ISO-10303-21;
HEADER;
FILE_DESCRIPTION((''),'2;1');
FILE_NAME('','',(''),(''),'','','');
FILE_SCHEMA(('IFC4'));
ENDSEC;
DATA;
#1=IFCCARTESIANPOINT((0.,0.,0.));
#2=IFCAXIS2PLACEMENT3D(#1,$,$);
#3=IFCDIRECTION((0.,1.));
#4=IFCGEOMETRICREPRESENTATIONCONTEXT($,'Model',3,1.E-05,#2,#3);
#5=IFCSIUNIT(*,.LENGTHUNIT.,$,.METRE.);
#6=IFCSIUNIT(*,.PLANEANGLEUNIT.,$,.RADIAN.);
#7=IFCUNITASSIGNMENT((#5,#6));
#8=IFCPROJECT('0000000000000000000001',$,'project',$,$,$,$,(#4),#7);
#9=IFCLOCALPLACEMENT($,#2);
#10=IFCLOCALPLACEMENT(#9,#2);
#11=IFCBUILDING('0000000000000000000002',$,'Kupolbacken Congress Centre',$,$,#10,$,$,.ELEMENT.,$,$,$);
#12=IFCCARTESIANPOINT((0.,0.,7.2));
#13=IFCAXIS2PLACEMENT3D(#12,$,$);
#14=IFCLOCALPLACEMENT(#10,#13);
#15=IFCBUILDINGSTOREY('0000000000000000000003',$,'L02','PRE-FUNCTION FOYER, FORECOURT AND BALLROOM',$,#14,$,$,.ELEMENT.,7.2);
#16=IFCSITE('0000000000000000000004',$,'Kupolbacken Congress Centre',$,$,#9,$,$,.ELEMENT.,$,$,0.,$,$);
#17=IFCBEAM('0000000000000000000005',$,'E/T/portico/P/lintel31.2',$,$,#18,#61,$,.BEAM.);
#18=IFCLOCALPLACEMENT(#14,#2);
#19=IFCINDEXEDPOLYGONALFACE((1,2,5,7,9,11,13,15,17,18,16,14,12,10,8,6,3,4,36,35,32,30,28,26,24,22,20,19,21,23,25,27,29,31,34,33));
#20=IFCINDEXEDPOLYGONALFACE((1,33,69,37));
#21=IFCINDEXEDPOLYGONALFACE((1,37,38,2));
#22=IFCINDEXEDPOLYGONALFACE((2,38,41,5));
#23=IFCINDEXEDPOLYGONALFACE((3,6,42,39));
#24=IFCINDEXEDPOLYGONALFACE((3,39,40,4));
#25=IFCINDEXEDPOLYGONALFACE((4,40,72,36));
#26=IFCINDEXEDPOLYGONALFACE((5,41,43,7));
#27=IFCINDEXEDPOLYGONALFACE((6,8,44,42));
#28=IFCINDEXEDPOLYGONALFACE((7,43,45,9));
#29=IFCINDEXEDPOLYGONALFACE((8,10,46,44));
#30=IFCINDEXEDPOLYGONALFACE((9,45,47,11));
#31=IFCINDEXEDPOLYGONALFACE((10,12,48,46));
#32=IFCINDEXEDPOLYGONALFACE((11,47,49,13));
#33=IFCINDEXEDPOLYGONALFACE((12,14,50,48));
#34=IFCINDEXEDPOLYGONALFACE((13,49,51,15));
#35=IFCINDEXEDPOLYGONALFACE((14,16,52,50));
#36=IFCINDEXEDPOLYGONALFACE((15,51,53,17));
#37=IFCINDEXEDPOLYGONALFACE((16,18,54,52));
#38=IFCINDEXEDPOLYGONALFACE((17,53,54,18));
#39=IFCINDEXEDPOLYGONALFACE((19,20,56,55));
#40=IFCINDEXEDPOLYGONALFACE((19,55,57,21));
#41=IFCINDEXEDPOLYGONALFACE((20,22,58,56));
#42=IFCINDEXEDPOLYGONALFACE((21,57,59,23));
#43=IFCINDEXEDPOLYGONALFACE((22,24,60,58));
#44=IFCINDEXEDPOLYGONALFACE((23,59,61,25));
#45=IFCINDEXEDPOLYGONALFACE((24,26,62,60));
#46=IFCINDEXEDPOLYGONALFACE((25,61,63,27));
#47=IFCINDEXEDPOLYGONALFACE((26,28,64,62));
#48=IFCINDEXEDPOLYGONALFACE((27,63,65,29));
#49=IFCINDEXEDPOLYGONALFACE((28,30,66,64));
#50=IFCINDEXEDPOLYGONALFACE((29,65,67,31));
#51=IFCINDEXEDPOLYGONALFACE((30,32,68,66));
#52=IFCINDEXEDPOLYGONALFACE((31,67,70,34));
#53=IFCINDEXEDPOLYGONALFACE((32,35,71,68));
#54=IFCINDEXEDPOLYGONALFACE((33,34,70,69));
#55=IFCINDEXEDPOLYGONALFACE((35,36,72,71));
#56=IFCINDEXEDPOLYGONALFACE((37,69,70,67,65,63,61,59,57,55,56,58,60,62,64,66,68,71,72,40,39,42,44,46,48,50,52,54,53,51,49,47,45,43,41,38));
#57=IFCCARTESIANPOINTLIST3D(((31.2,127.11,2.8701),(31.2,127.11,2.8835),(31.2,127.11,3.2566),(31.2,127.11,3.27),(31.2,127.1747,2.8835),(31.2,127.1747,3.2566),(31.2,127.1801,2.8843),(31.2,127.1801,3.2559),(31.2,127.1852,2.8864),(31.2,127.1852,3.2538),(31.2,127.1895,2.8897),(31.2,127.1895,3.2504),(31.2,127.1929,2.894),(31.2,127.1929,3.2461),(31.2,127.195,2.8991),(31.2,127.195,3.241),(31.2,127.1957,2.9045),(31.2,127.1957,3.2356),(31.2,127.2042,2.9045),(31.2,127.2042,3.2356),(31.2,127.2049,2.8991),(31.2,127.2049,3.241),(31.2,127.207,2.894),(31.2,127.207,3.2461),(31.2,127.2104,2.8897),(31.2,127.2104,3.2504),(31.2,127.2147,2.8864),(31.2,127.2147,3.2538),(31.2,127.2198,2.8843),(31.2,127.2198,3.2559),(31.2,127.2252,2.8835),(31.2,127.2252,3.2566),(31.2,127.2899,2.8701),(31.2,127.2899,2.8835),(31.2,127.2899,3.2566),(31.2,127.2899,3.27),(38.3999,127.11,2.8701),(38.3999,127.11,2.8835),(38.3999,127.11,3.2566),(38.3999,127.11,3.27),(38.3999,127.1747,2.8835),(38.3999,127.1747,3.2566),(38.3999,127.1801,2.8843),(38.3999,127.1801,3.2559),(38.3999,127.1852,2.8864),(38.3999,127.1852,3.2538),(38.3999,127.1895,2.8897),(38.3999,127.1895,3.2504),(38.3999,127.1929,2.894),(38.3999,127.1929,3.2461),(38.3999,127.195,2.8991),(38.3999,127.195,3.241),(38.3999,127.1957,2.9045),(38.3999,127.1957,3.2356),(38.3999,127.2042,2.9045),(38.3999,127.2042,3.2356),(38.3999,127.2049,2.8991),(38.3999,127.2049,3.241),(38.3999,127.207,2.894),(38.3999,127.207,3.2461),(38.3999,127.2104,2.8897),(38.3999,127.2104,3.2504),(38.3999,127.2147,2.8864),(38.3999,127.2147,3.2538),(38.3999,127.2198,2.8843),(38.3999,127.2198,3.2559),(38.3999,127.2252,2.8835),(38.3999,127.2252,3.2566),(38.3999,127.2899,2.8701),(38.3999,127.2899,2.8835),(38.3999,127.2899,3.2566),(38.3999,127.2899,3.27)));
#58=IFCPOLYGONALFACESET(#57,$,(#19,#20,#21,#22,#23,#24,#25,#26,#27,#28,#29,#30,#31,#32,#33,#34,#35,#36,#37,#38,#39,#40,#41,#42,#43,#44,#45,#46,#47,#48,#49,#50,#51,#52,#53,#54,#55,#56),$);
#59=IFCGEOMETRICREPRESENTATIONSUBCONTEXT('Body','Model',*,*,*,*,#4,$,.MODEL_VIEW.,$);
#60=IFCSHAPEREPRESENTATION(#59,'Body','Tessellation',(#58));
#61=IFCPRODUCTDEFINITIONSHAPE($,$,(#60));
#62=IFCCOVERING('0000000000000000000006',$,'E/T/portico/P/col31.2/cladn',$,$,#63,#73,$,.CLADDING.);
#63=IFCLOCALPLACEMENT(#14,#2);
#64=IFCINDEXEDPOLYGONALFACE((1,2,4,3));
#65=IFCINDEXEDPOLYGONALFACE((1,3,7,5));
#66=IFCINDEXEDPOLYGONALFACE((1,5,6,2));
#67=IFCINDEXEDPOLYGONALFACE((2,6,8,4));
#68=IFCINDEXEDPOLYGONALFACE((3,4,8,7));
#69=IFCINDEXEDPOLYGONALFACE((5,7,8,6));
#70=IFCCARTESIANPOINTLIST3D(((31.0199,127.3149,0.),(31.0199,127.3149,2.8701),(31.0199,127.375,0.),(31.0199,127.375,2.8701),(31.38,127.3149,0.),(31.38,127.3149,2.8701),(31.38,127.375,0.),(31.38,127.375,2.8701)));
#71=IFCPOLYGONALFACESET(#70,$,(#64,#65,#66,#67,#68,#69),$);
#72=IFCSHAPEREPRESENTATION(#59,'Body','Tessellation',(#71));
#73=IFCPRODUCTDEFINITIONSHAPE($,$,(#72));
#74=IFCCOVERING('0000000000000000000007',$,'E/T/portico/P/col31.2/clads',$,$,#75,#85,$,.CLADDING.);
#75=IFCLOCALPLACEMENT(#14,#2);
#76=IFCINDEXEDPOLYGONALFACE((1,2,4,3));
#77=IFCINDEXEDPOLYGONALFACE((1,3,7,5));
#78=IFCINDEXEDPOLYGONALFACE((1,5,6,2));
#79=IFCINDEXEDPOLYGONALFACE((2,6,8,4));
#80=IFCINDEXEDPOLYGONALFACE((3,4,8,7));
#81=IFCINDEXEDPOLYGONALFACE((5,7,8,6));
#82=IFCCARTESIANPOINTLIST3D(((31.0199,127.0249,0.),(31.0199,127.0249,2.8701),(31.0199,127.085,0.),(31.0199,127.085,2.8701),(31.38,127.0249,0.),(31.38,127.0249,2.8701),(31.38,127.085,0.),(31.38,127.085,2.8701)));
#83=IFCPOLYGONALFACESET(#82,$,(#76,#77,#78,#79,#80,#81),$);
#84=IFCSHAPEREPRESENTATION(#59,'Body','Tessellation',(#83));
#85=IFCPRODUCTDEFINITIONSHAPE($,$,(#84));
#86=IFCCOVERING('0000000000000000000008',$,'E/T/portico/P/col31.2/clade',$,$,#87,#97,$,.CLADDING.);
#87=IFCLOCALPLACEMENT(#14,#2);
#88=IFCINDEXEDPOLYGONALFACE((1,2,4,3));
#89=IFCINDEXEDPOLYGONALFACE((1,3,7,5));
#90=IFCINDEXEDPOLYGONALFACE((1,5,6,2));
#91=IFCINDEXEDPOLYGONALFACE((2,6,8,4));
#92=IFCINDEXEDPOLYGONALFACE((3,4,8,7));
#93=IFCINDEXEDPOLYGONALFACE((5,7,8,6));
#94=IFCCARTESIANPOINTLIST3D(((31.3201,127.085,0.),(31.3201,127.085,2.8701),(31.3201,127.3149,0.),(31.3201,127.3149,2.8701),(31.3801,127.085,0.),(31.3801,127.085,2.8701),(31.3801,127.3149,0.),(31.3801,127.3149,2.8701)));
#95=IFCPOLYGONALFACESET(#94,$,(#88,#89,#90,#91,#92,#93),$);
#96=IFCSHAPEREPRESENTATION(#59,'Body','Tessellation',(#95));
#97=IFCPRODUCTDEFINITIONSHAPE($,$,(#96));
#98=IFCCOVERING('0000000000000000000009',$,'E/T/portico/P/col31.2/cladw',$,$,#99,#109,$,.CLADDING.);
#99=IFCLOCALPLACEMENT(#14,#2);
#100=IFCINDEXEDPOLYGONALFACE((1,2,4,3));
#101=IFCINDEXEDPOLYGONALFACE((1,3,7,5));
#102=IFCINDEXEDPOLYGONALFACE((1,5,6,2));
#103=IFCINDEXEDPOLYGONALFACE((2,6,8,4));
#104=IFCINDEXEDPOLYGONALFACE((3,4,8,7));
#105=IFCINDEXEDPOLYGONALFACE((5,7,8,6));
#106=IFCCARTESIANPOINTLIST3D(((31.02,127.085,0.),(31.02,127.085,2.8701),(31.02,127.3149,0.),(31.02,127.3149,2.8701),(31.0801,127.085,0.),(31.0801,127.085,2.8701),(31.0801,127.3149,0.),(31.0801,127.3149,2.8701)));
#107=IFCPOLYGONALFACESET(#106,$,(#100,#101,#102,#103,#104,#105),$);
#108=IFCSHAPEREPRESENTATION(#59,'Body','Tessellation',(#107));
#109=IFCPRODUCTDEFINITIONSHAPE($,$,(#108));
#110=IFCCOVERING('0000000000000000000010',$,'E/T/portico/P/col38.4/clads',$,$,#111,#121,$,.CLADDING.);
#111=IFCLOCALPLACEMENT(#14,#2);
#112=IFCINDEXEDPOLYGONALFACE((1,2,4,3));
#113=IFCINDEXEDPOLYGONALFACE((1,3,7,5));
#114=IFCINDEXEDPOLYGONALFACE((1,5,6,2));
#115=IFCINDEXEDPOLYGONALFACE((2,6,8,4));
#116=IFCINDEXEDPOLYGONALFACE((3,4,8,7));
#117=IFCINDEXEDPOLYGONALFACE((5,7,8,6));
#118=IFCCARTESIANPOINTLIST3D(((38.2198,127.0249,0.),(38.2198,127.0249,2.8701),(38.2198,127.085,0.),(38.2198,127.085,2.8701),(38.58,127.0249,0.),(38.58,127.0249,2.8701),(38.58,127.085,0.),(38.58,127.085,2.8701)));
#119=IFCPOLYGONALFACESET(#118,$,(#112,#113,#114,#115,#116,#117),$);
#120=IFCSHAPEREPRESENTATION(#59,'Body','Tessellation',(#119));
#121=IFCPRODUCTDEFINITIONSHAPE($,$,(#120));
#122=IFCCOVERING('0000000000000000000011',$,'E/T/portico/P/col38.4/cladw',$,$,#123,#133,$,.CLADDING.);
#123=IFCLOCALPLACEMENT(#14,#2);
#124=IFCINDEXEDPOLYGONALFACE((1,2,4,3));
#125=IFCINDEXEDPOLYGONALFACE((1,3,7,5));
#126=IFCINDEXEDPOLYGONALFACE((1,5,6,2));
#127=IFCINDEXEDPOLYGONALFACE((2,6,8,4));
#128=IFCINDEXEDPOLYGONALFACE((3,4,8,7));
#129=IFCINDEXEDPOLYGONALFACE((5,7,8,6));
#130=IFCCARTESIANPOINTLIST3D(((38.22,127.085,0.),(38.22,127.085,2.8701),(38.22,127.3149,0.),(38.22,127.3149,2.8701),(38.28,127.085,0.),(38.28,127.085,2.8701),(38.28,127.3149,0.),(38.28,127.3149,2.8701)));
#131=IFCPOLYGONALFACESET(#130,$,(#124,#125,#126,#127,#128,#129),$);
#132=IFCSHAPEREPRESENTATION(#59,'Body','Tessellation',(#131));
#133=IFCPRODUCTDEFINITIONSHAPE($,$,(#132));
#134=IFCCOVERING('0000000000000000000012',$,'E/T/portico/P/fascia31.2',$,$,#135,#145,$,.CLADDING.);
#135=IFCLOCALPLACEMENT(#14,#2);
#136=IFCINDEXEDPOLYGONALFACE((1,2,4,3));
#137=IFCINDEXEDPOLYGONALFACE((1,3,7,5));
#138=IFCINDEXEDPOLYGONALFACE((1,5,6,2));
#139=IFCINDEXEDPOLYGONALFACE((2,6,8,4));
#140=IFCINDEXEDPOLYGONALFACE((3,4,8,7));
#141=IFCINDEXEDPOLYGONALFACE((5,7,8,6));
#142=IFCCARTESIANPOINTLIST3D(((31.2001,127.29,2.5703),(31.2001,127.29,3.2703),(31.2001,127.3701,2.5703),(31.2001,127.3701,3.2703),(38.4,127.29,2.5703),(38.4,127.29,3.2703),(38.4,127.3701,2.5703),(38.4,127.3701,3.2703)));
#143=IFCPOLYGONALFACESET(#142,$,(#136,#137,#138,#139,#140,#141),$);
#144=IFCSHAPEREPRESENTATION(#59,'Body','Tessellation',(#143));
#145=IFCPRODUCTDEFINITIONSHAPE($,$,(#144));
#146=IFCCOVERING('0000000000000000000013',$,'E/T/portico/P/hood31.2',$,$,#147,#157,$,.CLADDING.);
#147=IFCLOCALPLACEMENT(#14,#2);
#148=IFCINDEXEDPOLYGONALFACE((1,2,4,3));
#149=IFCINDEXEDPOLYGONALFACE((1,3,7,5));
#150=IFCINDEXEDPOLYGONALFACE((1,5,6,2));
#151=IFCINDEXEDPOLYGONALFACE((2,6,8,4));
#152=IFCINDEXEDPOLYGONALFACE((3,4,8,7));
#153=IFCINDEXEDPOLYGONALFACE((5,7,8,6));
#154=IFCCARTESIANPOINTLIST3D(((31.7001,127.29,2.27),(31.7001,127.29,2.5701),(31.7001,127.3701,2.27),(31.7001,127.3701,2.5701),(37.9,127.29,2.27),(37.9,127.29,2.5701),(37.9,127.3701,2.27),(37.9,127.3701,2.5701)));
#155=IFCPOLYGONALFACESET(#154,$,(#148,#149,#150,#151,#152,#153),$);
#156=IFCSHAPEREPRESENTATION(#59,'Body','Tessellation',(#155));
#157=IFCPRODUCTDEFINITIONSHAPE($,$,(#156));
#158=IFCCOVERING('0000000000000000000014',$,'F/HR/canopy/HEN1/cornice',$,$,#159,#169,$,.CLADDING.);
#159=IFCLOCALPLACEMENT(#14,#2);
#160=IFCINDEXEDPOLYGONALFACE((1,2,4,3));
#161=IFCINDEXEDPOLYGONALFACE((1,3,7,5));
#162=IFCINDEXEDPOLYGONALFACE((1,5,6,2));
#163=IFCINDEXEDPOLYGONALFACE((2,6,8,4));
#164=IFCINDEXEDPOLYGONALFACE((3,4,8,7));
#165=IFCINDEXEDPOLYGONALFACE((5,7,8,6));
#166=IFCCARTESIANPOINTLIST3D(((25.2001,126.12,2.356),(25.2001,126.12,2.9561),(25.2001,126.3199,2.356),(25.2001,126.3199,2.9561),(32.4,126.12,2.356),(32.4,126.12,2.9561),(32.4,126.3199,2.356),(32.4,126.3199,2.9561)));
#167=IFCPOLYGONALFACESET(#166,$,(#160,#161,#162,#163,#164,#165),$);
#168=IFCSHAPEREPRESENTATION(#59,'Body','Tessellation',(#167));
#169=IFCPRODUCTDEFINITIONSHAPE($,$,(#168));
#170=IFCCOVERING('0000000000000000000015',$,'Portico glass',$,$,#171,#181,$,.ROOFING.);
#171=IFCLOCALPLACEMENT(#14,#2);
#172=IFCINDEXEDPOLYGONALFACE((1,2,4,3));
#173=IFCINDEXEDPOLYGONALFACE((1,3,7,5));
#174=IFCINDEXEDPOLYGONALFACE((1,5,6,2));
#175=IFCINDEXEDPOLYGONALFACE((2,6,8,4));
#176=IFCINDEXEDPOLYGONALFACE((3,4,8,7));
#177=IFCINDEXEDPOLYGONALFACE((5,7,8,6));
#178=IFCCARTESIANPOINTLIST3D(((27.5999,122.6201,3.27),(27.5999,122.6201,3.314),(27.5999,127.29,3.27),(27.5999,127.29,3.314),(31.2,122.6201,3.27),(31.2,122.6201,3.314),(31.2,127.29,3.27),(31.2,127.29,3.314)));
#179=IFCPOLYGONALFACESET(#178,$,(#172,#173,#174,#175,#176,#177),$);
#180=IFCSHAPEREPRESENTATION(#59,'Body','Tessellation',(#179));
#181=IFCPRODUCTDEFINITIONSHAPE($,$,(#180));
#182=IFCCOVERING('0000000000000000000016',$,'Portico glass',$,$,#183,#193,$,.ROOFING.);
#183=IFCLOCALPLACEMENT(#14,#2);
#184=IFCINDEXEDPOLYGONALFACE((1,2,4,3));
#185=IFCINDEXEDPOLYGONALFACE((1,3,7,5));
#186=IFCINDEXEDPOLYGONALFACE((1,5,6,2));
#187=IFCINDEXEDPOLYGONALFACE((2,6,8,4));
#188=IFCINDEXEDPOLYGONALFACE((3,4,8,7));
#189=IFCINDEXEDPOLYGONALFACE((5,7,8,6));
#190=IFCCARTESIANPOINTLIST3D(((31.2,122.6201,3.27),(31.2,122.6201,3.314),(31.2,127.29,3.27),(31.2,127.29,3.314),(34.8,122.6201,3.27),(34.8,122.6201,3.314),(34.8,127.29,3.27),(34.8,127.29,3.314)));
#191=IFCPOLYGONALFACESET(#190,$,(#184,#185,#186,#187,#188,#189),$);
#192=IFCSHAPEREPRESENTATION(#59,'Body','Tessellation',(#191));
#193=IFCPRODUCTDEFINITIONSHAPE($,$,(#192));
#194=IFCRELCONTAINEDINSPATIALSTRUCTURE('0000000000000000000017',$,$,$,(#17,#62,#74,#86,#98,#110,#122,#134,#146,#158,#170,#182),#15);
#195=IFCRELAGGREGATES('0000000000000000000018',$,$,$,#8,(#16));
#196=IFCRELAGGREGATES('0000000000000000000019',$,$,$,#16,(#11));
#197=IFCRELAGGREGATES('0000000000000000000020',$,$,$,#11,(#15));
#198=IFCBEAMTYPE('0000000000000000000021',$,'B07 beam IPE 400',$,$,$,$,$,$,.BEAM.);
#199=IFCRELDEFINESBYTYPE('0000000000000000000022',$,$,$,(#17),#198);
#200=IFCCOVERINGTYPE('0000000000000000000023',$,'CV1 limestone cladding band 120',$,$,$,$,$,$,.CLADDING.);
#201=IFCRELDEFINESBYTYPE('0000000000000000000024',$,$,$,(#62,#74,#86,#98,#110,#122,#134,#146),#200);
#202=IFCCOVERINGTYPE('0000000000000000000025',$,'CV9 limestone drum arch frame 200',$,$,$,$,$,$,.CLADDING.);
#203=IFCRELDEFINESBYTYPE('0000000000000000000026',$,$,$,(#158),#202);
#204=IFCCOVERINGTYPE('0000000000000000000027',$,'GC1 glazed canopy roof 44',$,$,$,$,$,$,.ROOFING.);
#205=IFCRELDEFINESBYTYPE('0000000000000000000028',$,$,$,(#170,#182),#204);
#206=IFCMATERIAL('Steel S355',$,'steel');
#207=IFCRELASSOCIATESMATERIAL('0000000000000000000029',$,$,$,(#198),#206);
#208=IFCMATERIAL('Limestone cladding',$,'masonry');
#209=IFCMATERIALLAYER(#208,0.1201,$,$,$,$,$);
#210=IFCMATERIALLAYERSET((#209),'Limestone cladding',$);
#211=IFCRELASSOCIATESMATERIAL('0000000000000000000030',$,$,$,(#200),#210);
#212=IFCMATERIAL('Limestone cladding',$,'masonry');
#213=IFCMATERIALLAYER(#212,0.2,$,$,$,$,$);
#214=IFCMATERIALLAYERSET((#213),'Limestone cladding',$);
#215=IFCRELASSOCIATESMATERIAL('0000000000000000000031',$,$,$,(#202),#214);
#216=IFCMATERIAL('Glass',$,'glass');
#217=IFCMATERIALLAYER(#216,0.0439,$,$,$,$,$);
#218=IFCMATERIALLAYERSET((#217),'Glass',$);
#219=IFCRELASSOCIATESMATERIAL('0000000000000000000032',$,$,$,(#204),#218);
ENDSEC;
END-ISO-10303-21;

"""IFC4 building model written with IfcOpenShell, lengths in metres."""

from ifc_helpers import new_model, si_unit, direction, frame, origin, origin_2d, place, context, subcontext, project, spatial, rectangle, i_section, extrude, material, layer, layer_set, material_profile, profile_set, type_object, element, save


model = new_model("IFC4")

# Units and contexts
model_context = context("Model", 3, precision=1e-05, world=origin(), true_north=direction((0.0, 1.0)))
body_context = subcontext(model_context, "Body", "Model", "MODEL_VIEW")
ifc_project = project(units=[si_unit("LENGTHUNIT", "METRE"), si_unit("PLANEANGLEUNIT", "RADIAN")], contexts=[model_context])

# Site, building, storey
site_placement = place(None, origin())
site = spatial("IfcSite", under=ifc_project, at=site_placement, Name="Kupolbacken Congress Centre", CompositionType="ELEMENT", RefElevation=0.0)
building_placement = place(site_placement, origin())
building = spatial("IfcBuilding", under=site, at=building_placement, Name="Kupolbacken Congress Centre", CompositionType="ELEMENT")
storey_placement = place(building_placement, frame((0.0, 0.0, 7.2)))
storey = spatial("IfcBuildingStorey", under=building, at=storey_placement, Name="L02", Description="PRE-FUNCTION FOYER, FORECOURT AND BALLROOM", CompositionType="ELEMENT", Elevation=7.2)

# Beam
ifc_material_1 = material(Name="Steel S355", Category="steel")
ifc_material_profile_1 = material_profile(ifc_material_1, i_section(OverallWidth=0.1799, OverallDepth=0.3999, WebThickness=0.0085, FlangeThickness=0.0134, FilletRadius=0.021, at=origin_2d()), Name="IPE 400")
ifc_profile_set_1 = profile_set([ifc_material_profile_1], Name="Steel S355")
beam_type_1 = type_object("IfcBeamType", Name="B07 beam IPE 400", PredefinedType="BEAM", material=ifc_profile_set_1)
beam_1_placement = place(storey_placement, frame((31.2, 127.2, 3.0701), z_axis=(1.0, 0.0, 0.0), x_axis=(0.0, 1.0, 0.0)))
element("IfcBeam", 1, at=beam_1_placement, inside=storey, type_object=beam_type_1, Name="E/T/portico/P/lintel31.2", PredefinedType="BEAM", context=body_context, shape_type="SweptSolid", body=[
    extrude(i_section(OverallWidth=0.1799, OverallDepth=0.3999, WebThickness=0.0085, FlangeThickness=0.0134, FilletRadius=0.021, at=origin_2d()), origin(), (0.0, 0.0, 1.0), 7.2),
])

# Coverings
ifc_material_2 = material(Name="Limestone cladding", Category="masonry")
ifc_layer_1 = layer(ifc_material_2, 0.1201)
ifc_layer_set_1 = layer_set([ifc_layer_1], Name="Limestone cladding")
covering_type_1 = type_object("IfcCoveringType", Name="CV1 limestone cladding band 120", PredefinedType="CLADDING", material=ifc_layer_set_1)
for number, where, z_axis, x_axis, name in (
    (2, (31.2, 127.345, 0.0), (0.0, 0.0, 1.0), (1.0, 0.0, 0.0), "E/T/portico/P/col31.2/cladn"),
    (3, (31.2, 127.0549, 0.0), (0.0, 0.0, 1.0), (1.0, 0.0, 0.0), "E/T/portico/P/col31.2/clads"),
):
    element("IfcCovering", number, at=place(storey_placement, frame(where, z_axis=z_axis, x_axis=x_axis)), inside=storey, type_object=covering_type_1, Name=name, PredefinedType="CLADDING", context=body_context, shape_type="SweptSolid", body=[
        extrude(rectangle(XDim=0.3601, YDim=0.0601, at=origin_2d()), origin(), (0.0, 0.0, 1.0), 2.8701),
    ])
for number, where, z_axis, x_axis, name in (
    (4, (31.3501, 127.2, 0.0), (0.0, 0.0, 1.0), (1.0, 0.0, 0.0), "E/T/portico/P/col31.2/clade"),
    (5, (31.05, 127.2, 0.0), (0.0, 0.0, 1.0), (1.0, 0.0, 0.0), "E/T/portico/P/col31.2/cladw"),
):
    element("IfcCovering", number, at=place(storey_placement, frame(where, z_axis=z_axis, x_axis=x_axis)), inside=storey, type_object=covering_type_1, Name=name, PredefinedType="CLADDING", context=body_context, shape_type="SweptSolid", body=[
        extrude(rectangle(XDim=0.0601, YDim=0.23, at=origin_2d()), origin(), (0.0, 0.0, 1.0), 2.8701),
    ])
covering_1_placement = place(storey_placement, frame((38.3999, 127.0549, 0.0), z_axis=(0.0, 0.0, 1.0), x_axis=(1.0, 0.0, 0.0)))
element("IfcCovering", 6, at=covering_1_placement, inside=storey, type_object=covering_type_1, Name="E/T/portico/P/col38.4/clads", PredefinedType="CLADDING", context=body_context, shape_type="SweptSolid", body=[
    extrude(rectangle(XDim=0.3601, YDim=0.0601, at=origin_2d()), origin(), (0.0, 0.0, 1.0), 2.8701),
])
covering_2_placement = place(storey_placement, frame((38.25, 127.2, 0.0), z_axis=(0.0, 0.0, 1.0), x_axis=(1.0, 0.0, 0.0)))
element("IfcCovering", 7, at=covering_2_placement, inside=storey, type_object=covering_type_1, Name="E/T/portico/P/col38.4/cladw", PredefinedType="CLADDING", context=body_context, shape_type="SweptSolid", body=[
    extrude(rectangle(XDim=0.0601, YDim=0.23, at=origin_2d()), origin(), (0.0, 0.0, 1.0), 2.8701),
])
covering_3_placement = place(storey_placement, frame((34.8, 127.3301, 2.5703), z_axis=(0.0, 0.0, 1.0), x_axis=(1.0, 0.0, 0.0)))
element("IfcCovering", 8, at=covering_3_placement, inside=storey, type_object=covering_type_1, Name="E/T/portico/P/fascia31.2", PredefinedType="CLADDING", context=body_context, shape_type="SweptSolid", body=[
    extrude(rectangle(XDim=7.2, YDim=0.0801, at=origin_2d()), origin(), (0.0, 0.0, 1.0), 0.7),
])
covering_4_placement = place(storey_placement, frame((34.8, 127.3301, 2.27), z_axis=(0.0, 0.0, 1.0), x_axis=(1.0, 0.0, 0.0)))
element("IfcCovering", 9, at=covering_4_placement, inside=storey, type_object=covering_type_1, Name="E/T/portico/P/hood31.2", PredefinedType="CLADDING", context=body_context, shape_type="SweptSolid", body=[
    extrude(rectangle(XDim=6.2, YDim=0.0801, at=origin_2d()), origin(), (0.0, 0.0, 1.0), 0.3),
])
ifc_material_3 = material(Name="Limestone cladding", Category="masonry")
ifc_layer_2 = layer(ifc_material_3, 0.2)
ifc_layer_set_2 = layer_set([ifc_layer_2], Name="Limestone cladding")
covering_type_2 = type_object("IfcCoveringType", Name="CV9 limestone drum arch frame 200", PredefinedType="CLADDING", material=ifc_layer_set_2)
covering_5_placement = place(storey_placement, frame((28.8, 126.22, 2.356), z_axis=(0.0, 0.0, 1.0), x_axis=(-1.0, 0.0, 0.0)))
element("IfcCovering", 10, at=covering_5_placement, inside=storey, type_object=covering_type_2, Name="F/HR/canopy/HEN1/cornice", PredefinedType="CLADDING", context=body_context, shape_type="SweptSolid", body=[
    extrude(rectangle(XDim=7.2, YDim=0.2, at=origin_2d()), origin(), (0.0, 0.0, 1.0), 0.6001),
])
ifc_material_4 = material(Name="Glass", Category="glass")
ifc_layer_3 = layer(ifc_material_4, 0.0439)
ifc_layer_set_3 = layer_set([ifc_layer_3], Name="Glass")
covering_type_3 = type_object("IfcCoveringType", Name="GC1 glazed canopy roof 44", PredefinedType="ROOFING", material=ifc_layer_set_3)
for number, where, z_axis, x_axis, name in (
    (11, (29.3999, 124.9551, 3.27), (0.0, 0.0, 1.0), (1.0, 0.0, 0.0), "Portico glass"),
    (12, (33.0, 124.9551, 3.27), (0.0, 0.0, 1.0), (1.0, 0.0, 0.0), "Portico glass"),
):
    element("IfcCovering", number, at=place(storey_placement, frame(where, z_axis=z_axis, x_axis=x_axis)), inside=storey, type_object=covering_type_3, Name=name, PredefinedType="ROOFING", context=body_context, shape_type="SweptSolid", body=[
        extrude(rectangle(XDim=3.6001, YDim=4.6699, at=origin_2d()), origin(), (0.0, 0.0, 1.0), 0.0439),
    ])

save(model, "model.ifc")
